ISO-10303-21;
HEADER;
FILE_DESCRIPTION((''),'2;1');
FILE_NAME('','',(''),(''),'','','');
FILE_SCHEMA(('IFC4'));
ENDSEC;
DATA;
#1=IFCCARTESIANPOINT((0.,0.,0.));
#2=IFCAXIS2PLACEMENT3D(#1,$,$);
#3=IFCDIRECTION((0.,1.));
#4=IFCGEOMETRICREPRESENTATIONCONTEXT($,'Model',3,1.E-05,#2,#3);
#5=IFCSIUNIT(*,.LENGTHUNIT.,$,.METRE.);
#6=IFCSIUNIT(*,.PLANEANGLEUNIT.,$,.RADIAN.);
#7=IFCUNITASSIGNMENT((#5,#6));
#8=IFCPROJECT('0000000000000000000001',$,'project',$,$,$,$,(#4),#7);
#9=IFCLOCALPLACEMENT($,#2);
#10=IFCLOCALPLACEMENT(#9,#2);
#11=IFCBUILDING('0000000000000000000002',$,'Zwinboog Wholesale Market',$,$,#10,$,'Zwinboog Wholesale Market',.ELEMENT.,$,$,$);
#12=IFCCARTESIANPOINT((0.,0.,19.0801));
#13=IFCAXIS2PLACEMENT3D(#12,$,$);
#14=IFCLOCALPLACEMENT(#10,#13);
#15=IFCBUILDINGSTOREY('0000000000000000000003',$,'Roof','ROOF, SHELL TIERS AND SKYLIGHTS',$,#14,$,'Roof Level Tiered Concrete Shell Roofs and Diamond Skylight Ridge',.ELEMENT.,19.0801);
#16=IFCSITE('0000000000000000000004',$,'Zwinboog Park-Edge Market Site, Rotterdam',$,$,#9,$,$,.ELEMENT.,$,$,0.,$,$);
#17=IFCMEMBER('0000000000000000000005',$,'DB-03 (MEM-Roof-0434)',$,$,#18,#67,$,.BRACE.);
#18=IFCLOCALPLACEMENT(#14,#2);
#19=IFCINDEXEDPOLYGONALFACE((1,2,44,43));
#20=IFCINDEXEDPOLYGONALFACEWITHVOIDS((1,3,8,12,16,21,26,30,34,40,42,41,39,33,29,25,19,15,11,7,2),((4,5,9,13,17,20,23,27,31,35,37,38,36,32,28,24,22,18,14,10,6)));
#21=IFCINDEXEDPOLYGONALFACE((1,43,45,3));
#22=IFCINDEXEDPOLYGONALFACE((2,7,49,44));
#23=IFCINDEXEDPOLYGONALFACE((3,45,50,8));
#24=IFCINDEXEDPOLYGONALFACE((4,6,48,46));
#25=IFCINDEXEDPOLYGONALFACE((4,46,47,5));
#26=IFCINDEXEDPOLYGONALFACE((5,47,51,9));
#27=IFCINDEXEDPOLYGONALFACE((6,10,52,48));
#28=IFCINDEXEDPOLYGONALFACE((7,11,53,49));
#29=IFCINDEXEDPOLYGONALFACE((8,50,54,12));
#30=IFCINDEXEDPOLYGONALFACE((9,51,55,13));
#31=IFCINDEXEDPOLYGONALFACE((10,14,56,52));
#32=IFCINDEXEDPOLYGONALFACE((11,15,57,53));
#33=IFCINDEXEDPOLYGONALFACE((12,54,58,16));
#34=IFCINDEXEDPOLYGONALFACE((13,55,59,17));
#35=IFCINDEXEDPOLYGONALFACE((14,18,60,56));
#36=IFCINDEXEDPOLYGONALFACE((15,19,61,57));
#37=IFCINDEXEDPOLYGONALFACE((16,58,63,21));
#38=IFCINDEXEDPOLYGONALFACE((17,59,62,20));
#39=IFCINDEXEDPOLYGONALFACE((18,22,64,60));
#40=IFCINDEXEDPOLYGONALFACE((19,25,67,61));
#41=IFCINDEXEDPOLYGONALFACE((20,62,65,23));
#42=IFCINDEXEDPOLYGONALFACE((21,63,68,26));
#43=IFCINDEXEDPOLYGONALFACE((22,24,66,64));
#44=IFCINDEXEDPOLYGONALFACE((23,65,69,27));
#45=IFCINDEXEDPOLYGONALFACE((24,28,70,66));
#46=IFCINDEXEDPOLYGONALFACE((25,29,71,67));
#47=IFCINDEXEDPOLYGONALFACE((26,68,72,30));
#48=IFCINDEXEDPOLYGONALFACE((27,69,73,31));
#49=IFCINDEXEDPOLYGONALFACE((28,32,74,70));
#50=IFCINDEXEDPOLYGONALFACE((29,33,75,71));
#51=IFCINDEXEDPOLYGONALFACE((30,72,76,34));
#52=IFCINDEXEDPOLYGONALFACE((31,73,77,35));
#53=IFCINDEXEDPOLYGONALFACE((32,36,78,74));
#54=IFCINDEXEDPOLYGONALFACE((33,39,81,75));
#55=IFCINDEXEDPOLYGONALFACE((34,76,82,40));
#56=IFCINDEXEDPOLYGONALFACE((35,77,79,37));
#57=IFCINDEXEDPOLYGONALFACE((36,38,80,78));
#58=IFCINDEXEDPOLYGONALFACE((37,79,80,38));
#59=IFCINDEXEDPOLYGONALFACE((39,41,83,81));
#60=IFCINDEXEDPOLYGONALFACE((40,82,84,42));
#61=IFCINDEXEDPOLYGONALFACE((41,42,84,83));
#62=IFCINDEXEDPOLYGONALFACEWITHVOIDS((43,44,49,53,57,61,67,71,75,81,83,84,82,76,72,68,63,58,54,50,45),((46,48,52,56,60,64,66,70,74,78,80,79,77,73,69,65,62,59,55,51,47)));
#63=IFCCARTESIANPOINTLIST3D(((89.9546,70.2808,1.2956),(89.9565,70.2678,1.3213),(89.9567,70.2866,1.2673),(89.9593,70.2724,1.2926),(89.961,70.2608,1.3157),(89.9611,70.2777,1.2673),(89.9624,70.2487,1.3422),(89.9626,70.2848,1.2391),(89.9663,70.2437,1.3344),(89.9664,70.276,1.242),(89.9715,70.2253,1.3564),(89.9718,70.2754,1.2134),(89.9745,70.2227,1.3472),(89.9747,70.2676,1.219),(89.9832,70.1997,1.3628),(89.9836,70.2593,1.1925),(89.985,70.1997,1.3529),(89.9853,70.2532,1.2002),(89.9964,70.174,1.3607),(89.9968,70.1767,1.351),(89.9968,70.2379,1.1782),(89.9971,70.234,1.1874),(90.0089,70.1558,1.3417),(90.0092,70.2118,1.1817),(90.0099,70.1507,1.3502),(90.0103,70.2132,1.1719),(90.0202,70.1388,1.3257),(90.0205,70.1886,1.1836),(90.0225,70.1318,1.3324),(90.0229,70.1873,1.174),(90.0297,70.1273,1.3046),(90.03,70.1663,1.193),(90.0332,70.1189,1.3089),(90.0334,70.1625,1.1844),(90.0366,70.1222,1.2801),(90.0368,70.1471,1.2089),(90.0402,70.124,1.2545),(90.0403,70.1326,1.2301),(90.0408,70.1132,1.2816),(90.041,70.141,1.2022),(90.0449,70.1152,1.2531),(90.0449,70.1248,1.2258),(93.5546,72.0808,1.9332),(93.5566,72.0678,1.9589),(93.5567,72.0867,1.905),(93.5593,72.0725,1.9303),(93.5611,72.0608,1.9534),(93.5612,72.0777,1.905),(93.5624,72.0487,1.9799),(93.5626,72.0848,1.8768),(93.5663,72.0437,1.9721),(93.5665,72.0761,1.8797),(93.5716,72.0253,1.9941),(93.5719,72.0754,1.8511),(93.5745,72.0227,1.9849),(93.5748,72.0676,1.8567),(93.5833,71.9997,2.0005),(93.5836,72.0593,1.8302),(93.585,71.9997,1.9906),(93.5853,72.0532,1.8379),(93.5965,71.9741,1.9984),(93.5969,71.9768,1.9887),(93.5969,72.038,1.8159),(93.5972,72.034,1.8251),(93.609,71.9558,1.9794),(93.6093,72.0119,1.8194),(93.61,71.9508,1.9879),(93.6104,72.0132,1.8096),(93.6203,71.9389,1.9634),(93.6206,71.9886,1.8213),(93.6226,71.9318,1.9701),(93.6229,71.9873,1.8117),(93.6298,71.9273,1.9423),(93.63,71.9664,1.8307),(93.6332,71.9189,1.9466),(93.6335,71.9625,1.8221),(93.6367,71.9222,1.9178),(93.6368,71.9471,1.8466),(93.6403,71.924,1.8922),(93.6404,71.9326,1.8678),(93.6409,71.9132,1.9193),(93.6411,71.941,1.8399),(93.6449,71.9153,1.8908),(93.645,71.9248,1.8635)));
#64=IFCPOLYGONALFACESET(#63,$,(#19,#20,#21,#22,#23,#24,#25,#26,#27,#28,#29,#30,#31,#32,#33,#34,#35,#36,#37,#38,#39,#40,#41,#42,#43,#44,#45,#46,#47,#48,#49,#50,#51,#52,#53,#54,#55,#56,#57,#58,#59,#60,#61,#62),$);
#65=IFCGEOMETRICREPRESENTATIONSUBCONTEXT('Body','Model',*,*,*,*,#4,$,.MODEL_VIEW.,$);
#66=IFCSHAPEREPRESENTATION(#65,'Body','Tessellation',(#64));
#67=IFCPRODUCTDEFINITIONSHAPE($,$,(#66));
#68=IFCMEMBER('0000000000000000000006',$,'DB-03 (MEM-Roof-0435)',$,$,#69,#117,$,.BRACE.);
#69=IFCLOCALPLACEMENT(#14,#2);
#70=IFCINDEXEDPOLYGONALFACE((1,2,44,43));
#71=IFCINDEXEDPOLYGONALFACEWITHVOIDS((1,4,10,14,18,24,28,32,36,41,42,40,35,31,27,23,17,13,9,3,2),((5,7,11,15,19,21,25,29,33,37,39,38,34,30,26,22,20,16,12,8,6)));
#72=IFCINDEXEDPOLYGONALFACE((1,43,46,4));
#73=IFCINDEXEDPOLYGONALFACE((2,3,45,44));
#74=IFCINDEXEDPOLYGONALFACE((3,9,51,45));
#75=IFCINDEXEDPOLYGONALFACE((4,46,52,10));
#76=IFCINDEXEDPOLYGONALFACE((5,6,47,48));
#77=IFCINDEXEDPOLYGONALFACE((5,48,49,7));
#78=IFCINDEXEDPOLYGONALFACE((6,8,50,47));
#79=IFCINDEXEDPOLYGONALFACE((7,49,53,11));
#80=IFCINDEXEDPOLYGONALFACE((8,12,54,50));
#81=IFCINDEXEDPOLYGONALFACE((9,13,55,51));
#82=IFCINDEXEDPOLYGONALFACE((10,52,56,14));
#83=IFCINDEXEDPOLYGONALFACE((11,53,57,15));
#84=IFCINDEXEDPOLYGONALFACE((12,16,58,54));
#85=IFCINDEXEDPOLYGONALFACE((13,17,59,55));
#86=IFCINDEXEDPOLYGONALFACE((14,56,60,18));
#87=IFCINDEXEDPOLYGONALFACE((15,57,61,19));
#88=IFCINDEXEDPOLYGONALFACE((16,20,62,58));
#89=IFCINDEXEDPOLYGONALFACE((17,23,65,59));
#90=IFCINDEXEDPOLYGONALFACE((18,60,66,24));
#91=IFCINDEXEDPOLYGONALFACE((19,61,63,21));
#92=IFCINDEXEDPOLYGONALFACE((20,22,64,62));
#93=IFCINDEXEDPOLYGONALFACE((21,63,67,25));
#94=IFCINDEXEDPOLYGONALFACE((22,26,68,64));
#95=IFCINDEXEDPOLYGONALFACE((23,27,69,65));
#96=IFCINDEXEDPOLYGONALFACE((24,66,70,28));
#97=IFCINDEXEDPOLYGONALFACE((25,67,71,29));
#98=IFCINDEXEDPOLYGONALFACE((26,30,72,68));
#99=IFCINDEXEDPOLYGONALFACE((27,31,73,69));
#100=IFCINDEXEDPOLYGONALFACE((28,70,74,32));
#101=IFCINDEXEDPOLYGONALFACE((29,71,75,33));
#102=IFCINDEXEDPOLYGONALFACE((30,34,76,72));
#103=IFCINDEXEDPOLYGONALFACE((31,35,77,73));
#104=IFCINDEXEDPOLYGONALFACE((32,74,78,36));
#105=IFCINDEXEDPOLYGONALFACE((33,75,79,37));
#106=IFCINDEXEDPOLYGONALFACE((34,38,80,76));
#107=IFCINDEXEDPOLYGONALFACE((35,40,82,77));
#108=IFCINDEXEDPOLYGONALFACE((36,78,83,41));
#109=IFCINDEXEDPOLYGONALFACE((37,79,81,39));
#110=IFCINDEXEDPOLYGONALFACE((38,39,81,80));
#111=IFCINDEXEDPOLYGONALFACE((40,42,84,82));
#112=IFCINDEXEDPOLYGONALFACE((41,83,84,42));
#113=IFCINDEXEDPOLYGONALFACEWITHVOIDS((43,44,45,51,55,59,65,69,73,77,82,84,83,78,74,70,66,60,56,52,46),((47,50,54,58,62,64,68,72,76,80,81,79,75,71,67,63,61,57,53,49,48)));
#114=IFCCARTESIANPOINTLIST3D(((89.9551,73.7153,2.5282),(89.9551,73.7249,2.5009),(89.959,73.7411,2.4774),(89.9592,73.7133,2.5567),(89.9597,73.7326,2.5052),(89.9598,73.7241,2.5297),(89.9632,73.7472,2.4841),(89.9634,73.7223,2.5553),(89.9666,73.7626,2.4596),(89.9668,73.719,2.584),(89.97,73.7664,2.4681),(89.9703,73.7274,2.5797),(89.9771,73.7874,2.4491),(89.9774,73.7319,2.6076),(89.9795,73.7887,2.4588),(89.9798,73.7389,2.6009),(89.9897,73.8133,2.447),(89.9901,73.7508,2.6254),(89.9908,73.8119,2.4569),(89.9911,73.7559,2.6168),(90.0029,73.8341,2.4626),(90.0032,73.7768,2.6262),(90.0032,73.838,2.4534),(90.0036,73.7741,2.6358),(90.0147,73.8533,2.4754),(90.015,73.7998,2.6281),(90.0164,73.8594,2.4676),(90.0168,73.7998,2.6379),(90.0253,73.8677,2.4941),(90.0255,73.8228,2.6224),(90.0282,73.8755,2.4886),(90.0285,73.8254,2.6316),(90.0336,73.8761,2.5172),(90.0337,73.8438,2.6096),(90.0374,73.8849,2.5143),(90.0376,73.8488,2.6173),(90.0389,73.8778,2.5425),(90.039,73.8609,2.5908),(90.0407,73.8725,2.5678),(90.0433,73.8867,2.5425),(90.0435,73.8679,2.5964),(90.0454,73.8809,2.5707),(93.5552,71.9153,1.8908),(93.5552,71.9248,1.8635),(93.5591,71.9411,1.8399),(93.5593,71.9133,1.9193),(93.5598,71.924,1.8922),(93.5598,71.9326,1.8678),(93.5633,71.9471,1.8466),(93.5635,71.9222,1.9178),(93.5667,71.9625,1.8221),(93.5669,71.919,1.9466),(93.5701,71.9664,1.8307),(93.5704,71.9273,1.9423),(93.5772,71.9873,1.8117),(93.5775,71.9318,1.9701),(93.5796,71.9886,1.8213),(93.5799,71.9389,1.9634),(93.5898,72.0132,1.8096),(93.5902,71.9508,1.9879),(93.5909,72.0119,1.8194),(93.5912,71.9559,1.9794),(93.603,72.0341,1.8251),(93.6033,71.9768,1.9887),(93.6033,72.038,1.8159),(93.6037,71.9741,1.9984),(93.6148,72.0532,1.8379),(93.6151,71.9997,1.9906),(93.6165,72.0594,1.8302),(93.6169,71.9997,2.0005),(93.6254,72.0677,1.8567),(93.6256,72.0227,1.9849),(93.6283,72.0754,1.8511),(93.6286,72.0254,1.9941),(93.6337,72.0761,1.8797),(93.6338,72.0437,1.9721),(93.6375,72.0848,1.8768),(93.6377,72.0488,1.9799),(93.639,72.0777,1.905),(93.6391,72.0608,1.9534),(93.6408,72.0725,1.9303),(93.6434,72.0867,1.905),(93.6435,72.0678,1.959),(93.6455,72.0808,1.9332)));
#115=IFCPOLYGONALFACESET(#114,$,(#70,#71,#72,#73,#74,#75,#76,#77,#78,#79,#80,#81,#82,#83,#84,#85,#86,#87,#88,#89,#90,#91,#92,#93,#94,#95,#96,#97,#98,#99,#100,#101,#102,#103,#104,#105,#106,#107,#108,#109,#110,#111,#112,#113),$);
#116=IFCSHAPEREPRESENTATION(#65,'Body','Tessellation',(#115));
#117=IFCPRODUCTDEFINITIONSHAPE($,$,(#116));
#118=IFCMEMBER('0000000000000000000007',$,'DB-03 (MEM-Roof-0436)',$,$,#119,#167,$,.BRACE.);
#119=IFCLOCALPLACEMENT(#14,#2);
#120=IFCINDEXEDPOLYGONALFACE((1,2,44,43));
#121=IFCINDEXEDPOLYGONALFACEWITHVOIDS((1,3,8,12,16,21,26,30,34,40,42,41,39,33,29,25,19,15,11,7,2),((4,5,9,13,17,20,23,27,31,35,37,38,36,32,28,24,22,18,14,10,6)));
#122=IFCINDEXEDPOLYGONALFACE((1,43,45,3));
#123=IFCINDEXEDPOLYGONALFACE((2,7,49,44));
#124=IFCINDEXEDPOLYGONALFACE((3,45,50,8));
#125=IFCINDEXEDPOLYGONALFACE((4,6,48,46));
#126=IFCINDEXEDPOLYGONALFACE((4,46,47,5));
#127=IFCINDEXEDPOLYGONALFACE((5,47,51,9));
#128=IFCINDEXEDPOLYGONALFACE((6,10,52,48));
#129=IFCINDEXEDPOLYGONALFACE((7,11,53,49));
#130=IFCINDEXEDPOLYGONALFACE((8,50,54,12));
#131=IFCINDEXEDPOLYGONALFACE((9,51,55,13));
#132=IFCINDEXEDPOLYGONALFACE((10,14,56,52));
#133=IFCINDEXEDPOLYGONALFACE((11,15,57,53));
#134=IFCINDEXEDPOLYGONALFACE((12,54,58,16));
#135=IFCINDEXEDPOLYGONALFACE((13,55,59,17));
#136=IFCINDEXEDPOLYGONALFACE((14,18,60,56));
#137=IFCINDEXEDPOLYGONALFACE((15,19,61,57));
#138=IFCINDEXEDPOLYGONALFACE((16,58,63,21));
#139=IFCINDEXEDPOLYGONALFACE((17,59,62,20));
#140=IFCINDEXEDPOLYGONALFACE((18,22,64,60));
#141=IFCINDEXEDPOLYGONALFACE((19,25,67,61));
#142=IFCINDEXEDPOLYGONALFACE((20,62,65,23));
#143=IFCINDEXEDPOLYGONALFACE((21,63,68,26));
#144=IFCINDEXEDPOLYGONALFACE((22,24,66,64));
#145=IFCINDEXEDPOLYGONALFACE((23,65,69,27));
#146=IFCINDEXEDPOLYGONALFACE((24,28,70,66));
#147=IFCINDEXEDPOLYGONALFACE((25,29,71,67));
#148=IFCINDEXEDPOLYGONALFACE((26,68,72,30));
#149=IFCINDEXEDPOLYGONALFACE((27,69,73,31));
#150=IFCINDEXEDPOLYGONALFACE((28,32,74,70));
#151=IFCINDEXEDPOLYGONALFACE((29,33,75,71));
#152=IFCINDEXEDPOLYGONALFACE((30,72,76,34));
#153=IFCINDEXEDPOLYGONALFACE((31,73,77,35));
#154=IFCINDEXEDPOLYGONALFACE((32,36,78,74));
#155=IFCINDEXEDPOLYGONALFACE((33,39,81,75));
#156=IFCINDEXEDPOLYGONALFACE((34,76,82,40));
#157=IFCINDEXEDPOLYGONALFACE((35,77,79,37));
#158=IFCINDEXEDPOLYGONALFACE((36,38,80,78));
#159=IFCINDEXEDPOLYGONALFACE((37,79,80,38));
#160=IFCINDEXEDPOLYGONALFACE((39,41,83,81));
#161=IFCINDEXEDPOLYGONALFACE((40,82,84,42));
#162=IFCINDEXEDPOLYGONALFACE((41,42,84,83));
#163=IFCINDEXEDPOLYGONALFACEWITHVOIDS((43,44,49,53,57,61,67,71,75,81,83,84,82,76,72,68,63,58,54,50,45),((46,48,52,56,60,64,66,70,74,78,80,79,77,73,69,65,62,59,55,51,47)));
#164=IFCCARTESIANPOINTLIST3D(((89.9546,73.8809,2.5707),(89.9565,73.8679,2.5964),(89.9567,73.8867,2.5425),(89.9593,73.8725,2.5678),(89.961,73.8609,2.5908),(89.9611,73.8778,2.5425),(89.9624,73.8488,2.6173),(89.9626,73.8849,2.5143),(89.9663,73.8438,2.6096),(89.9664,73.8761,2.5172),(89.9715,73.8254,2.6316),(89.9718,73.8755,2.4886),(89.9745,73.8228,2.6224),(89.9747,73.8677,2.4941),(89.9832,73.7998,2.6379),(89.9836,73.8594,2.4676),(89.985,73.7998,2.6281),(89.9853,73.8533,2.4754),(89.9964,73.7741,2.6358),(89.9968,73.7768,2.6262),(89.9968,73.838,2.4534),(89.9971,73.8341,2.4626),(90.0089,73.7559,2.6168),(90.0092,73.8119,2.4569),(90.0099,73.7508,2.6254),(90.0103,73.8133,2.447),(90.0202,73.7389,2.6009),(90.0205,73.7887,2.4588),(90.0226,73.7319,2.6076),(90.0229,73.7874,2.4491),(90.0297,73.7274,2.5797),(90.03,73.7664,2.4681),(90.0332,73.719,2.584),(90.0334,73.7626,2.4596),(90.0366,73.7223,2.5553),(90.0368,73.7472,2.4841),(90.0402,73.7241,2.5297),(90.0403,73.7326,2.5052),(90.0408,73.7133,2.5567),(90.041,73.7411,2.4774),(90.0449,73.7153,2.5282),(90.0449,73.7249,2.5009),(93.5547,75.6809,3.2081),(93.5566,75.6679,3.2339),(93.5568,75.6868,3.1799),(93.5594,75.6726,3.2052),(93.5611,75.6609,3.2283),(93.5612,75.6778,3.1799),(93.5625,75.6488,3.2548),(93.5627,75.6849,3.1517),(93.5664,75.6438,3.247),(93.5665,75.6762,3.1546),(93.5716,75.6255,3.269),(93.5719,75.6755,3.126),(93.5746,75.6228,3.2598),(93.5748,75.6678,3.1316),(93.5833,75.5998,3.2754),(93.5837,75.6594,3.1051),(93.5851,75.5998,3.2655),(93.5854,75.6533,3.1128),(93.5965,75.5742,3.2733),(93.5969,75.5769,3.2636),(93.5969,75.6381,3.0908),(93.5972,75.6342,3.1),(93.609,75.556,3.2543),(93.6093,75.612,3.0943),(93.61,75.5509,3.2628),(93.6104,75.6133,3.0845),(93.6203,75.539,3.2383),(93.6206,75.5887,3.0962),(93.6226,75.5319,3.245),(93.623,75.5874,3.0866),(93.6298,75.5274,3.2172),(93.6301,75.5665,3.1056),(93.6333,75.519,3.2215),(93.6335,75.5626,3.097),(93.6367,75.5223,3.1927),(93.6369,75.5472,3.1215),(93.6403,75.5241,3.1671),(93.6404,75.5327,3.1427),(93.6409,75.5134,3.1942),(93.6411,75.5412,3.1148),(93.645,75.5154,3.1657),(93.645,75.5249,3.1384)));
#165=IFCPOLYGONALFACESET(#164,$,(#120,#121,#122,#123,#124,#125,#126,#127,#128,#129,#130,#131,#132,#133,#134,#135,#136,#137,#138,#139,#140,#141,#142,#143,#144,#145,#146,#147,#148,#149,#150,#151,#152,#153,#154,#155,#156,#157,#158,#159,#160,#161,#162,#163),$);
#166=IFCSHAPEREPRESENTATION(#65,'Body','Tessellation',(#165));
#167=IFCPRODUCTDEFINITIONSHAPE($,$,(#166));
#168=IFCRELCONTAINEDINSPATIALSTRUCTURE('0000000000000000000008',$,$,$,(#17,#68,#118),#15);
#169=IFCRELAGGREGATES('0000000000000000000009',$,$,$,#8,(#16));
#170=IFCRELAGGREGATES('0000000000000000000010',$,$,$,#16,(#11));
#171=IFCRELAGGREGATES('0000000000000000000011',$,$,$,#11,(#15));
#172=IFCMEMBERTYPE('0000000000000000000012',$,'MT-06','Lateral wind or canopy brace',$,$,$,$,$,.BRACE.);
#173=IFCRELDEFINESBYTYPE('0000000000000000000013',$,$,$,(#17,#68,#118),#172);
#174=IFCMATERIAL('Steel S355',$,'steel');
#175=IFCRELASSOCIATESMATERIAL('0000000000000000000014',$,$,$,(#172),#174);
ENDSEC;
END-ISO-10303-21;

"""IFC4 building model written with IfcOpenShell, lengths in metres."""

from ifc_helpers import new_model, si_unit, direction, frame, origin, origin_2d, place, context, subcontext, project, spatial, hollow_circle, extrude, material, material_profile, profile_set, type_object, element, save


model = new_model("IFC4")

# Units and contexts
model_context = context("Model", 3, precision=1e-05, world=origin(), true_north=direction((0.0, 1.0)))
body_context = subcontext(model_context, "Body", "Model", "MODEL_VIEW")
ifc_project = project(units=[si_unit("LENGTHUNIT", "METRE"), si_unit("PLANEANGLEUNIT", "RADIAN")], contexts=[model_context])

# Site, building, storey
site_placement = place(None, origin())
site = spatial("IfcSite", under=ifc_project, at=site_placement, Name="Zwinboog Park-Edge Market Site, Rotterdam", CompositionType="ELEMENT", RefElevation=0.0)
building_placement = place(site_placement, origin())
building = spatial("IfcBuilding", under=site, at=building_placement, Name="Zwinboog Wholesale Market", LongName="Zwinboog Wholesale Market", CompositionType="ELEMENT")
storey_placement = place(building_placement, frame((0.0, 0.0, 19.0801)))
storey = spatial("IfcBuildingStorey", under=building, at=storey_placement, Name="Roof", Description="ROOF, SHELL TIERS AND SKYLIGHTS", LongName="Roof Level Tiered Concrete Shell Roofs and Diamond Skylight Ridge", CompositionType="ELEMENT", Elevation=19.0801)

# Members
ifc_material_1 = material(Name="Steel S355", Category="steel")
ifc_material_profile_1 = material_profile(ifc_material_1, hollow_circle(Radius=0.0969, WallThickness=0.01, at=origin_2d()), Name="CHS 193.7x10")
ifc_profile_set_1 = profile_set([ifc_material_profile_1], Name="Steel S355")
member_type_1 = type_object("IfcMemberType", Name="MT-06", Description="Lateral wind or canopy brace", PredefinedType="BRACE", material=ifc_profile_set_1)
for number, where, z_axis, x_axis, name in (
    (1, (90.0, 70.2, 1.2673), (0.883409, 0.441704, 0.156481), (-0.447214, 0.894427, 0.0), "DB-03 (MEM-Roof-0434)"),
    (2, (90.0, 73.8, 2.5425), (0.883417, -0.441709, -0.156422), (0.447214, 0.894427, 0.0), "DB-03 (MEM-Roof-0435)"),
    (3, (90.0, 73.8, 2.5425), (0.883417, 0.441709, 0.156422), (-0.447214, 0.894427, 0.0), "DB-03 (MEM-Roof-0436)"),
):
    element("IfcMember", number, at=place(storey_placement, frame(where, z_axis=z_axis, x_axis=x_axis)), inside=storey, type_object=member_type_1, Name=name, PredefinedType="BRACE", context=body_context, shape_type="SweptSolid", body=[
        extrude(hollow_circle(Radius=0.0969, WallThickness=0.01, at=origin_2d()), origin(), (0.0, 0.0, 1.0), 4.0752),
    ])

save(model, "model.ifc")
